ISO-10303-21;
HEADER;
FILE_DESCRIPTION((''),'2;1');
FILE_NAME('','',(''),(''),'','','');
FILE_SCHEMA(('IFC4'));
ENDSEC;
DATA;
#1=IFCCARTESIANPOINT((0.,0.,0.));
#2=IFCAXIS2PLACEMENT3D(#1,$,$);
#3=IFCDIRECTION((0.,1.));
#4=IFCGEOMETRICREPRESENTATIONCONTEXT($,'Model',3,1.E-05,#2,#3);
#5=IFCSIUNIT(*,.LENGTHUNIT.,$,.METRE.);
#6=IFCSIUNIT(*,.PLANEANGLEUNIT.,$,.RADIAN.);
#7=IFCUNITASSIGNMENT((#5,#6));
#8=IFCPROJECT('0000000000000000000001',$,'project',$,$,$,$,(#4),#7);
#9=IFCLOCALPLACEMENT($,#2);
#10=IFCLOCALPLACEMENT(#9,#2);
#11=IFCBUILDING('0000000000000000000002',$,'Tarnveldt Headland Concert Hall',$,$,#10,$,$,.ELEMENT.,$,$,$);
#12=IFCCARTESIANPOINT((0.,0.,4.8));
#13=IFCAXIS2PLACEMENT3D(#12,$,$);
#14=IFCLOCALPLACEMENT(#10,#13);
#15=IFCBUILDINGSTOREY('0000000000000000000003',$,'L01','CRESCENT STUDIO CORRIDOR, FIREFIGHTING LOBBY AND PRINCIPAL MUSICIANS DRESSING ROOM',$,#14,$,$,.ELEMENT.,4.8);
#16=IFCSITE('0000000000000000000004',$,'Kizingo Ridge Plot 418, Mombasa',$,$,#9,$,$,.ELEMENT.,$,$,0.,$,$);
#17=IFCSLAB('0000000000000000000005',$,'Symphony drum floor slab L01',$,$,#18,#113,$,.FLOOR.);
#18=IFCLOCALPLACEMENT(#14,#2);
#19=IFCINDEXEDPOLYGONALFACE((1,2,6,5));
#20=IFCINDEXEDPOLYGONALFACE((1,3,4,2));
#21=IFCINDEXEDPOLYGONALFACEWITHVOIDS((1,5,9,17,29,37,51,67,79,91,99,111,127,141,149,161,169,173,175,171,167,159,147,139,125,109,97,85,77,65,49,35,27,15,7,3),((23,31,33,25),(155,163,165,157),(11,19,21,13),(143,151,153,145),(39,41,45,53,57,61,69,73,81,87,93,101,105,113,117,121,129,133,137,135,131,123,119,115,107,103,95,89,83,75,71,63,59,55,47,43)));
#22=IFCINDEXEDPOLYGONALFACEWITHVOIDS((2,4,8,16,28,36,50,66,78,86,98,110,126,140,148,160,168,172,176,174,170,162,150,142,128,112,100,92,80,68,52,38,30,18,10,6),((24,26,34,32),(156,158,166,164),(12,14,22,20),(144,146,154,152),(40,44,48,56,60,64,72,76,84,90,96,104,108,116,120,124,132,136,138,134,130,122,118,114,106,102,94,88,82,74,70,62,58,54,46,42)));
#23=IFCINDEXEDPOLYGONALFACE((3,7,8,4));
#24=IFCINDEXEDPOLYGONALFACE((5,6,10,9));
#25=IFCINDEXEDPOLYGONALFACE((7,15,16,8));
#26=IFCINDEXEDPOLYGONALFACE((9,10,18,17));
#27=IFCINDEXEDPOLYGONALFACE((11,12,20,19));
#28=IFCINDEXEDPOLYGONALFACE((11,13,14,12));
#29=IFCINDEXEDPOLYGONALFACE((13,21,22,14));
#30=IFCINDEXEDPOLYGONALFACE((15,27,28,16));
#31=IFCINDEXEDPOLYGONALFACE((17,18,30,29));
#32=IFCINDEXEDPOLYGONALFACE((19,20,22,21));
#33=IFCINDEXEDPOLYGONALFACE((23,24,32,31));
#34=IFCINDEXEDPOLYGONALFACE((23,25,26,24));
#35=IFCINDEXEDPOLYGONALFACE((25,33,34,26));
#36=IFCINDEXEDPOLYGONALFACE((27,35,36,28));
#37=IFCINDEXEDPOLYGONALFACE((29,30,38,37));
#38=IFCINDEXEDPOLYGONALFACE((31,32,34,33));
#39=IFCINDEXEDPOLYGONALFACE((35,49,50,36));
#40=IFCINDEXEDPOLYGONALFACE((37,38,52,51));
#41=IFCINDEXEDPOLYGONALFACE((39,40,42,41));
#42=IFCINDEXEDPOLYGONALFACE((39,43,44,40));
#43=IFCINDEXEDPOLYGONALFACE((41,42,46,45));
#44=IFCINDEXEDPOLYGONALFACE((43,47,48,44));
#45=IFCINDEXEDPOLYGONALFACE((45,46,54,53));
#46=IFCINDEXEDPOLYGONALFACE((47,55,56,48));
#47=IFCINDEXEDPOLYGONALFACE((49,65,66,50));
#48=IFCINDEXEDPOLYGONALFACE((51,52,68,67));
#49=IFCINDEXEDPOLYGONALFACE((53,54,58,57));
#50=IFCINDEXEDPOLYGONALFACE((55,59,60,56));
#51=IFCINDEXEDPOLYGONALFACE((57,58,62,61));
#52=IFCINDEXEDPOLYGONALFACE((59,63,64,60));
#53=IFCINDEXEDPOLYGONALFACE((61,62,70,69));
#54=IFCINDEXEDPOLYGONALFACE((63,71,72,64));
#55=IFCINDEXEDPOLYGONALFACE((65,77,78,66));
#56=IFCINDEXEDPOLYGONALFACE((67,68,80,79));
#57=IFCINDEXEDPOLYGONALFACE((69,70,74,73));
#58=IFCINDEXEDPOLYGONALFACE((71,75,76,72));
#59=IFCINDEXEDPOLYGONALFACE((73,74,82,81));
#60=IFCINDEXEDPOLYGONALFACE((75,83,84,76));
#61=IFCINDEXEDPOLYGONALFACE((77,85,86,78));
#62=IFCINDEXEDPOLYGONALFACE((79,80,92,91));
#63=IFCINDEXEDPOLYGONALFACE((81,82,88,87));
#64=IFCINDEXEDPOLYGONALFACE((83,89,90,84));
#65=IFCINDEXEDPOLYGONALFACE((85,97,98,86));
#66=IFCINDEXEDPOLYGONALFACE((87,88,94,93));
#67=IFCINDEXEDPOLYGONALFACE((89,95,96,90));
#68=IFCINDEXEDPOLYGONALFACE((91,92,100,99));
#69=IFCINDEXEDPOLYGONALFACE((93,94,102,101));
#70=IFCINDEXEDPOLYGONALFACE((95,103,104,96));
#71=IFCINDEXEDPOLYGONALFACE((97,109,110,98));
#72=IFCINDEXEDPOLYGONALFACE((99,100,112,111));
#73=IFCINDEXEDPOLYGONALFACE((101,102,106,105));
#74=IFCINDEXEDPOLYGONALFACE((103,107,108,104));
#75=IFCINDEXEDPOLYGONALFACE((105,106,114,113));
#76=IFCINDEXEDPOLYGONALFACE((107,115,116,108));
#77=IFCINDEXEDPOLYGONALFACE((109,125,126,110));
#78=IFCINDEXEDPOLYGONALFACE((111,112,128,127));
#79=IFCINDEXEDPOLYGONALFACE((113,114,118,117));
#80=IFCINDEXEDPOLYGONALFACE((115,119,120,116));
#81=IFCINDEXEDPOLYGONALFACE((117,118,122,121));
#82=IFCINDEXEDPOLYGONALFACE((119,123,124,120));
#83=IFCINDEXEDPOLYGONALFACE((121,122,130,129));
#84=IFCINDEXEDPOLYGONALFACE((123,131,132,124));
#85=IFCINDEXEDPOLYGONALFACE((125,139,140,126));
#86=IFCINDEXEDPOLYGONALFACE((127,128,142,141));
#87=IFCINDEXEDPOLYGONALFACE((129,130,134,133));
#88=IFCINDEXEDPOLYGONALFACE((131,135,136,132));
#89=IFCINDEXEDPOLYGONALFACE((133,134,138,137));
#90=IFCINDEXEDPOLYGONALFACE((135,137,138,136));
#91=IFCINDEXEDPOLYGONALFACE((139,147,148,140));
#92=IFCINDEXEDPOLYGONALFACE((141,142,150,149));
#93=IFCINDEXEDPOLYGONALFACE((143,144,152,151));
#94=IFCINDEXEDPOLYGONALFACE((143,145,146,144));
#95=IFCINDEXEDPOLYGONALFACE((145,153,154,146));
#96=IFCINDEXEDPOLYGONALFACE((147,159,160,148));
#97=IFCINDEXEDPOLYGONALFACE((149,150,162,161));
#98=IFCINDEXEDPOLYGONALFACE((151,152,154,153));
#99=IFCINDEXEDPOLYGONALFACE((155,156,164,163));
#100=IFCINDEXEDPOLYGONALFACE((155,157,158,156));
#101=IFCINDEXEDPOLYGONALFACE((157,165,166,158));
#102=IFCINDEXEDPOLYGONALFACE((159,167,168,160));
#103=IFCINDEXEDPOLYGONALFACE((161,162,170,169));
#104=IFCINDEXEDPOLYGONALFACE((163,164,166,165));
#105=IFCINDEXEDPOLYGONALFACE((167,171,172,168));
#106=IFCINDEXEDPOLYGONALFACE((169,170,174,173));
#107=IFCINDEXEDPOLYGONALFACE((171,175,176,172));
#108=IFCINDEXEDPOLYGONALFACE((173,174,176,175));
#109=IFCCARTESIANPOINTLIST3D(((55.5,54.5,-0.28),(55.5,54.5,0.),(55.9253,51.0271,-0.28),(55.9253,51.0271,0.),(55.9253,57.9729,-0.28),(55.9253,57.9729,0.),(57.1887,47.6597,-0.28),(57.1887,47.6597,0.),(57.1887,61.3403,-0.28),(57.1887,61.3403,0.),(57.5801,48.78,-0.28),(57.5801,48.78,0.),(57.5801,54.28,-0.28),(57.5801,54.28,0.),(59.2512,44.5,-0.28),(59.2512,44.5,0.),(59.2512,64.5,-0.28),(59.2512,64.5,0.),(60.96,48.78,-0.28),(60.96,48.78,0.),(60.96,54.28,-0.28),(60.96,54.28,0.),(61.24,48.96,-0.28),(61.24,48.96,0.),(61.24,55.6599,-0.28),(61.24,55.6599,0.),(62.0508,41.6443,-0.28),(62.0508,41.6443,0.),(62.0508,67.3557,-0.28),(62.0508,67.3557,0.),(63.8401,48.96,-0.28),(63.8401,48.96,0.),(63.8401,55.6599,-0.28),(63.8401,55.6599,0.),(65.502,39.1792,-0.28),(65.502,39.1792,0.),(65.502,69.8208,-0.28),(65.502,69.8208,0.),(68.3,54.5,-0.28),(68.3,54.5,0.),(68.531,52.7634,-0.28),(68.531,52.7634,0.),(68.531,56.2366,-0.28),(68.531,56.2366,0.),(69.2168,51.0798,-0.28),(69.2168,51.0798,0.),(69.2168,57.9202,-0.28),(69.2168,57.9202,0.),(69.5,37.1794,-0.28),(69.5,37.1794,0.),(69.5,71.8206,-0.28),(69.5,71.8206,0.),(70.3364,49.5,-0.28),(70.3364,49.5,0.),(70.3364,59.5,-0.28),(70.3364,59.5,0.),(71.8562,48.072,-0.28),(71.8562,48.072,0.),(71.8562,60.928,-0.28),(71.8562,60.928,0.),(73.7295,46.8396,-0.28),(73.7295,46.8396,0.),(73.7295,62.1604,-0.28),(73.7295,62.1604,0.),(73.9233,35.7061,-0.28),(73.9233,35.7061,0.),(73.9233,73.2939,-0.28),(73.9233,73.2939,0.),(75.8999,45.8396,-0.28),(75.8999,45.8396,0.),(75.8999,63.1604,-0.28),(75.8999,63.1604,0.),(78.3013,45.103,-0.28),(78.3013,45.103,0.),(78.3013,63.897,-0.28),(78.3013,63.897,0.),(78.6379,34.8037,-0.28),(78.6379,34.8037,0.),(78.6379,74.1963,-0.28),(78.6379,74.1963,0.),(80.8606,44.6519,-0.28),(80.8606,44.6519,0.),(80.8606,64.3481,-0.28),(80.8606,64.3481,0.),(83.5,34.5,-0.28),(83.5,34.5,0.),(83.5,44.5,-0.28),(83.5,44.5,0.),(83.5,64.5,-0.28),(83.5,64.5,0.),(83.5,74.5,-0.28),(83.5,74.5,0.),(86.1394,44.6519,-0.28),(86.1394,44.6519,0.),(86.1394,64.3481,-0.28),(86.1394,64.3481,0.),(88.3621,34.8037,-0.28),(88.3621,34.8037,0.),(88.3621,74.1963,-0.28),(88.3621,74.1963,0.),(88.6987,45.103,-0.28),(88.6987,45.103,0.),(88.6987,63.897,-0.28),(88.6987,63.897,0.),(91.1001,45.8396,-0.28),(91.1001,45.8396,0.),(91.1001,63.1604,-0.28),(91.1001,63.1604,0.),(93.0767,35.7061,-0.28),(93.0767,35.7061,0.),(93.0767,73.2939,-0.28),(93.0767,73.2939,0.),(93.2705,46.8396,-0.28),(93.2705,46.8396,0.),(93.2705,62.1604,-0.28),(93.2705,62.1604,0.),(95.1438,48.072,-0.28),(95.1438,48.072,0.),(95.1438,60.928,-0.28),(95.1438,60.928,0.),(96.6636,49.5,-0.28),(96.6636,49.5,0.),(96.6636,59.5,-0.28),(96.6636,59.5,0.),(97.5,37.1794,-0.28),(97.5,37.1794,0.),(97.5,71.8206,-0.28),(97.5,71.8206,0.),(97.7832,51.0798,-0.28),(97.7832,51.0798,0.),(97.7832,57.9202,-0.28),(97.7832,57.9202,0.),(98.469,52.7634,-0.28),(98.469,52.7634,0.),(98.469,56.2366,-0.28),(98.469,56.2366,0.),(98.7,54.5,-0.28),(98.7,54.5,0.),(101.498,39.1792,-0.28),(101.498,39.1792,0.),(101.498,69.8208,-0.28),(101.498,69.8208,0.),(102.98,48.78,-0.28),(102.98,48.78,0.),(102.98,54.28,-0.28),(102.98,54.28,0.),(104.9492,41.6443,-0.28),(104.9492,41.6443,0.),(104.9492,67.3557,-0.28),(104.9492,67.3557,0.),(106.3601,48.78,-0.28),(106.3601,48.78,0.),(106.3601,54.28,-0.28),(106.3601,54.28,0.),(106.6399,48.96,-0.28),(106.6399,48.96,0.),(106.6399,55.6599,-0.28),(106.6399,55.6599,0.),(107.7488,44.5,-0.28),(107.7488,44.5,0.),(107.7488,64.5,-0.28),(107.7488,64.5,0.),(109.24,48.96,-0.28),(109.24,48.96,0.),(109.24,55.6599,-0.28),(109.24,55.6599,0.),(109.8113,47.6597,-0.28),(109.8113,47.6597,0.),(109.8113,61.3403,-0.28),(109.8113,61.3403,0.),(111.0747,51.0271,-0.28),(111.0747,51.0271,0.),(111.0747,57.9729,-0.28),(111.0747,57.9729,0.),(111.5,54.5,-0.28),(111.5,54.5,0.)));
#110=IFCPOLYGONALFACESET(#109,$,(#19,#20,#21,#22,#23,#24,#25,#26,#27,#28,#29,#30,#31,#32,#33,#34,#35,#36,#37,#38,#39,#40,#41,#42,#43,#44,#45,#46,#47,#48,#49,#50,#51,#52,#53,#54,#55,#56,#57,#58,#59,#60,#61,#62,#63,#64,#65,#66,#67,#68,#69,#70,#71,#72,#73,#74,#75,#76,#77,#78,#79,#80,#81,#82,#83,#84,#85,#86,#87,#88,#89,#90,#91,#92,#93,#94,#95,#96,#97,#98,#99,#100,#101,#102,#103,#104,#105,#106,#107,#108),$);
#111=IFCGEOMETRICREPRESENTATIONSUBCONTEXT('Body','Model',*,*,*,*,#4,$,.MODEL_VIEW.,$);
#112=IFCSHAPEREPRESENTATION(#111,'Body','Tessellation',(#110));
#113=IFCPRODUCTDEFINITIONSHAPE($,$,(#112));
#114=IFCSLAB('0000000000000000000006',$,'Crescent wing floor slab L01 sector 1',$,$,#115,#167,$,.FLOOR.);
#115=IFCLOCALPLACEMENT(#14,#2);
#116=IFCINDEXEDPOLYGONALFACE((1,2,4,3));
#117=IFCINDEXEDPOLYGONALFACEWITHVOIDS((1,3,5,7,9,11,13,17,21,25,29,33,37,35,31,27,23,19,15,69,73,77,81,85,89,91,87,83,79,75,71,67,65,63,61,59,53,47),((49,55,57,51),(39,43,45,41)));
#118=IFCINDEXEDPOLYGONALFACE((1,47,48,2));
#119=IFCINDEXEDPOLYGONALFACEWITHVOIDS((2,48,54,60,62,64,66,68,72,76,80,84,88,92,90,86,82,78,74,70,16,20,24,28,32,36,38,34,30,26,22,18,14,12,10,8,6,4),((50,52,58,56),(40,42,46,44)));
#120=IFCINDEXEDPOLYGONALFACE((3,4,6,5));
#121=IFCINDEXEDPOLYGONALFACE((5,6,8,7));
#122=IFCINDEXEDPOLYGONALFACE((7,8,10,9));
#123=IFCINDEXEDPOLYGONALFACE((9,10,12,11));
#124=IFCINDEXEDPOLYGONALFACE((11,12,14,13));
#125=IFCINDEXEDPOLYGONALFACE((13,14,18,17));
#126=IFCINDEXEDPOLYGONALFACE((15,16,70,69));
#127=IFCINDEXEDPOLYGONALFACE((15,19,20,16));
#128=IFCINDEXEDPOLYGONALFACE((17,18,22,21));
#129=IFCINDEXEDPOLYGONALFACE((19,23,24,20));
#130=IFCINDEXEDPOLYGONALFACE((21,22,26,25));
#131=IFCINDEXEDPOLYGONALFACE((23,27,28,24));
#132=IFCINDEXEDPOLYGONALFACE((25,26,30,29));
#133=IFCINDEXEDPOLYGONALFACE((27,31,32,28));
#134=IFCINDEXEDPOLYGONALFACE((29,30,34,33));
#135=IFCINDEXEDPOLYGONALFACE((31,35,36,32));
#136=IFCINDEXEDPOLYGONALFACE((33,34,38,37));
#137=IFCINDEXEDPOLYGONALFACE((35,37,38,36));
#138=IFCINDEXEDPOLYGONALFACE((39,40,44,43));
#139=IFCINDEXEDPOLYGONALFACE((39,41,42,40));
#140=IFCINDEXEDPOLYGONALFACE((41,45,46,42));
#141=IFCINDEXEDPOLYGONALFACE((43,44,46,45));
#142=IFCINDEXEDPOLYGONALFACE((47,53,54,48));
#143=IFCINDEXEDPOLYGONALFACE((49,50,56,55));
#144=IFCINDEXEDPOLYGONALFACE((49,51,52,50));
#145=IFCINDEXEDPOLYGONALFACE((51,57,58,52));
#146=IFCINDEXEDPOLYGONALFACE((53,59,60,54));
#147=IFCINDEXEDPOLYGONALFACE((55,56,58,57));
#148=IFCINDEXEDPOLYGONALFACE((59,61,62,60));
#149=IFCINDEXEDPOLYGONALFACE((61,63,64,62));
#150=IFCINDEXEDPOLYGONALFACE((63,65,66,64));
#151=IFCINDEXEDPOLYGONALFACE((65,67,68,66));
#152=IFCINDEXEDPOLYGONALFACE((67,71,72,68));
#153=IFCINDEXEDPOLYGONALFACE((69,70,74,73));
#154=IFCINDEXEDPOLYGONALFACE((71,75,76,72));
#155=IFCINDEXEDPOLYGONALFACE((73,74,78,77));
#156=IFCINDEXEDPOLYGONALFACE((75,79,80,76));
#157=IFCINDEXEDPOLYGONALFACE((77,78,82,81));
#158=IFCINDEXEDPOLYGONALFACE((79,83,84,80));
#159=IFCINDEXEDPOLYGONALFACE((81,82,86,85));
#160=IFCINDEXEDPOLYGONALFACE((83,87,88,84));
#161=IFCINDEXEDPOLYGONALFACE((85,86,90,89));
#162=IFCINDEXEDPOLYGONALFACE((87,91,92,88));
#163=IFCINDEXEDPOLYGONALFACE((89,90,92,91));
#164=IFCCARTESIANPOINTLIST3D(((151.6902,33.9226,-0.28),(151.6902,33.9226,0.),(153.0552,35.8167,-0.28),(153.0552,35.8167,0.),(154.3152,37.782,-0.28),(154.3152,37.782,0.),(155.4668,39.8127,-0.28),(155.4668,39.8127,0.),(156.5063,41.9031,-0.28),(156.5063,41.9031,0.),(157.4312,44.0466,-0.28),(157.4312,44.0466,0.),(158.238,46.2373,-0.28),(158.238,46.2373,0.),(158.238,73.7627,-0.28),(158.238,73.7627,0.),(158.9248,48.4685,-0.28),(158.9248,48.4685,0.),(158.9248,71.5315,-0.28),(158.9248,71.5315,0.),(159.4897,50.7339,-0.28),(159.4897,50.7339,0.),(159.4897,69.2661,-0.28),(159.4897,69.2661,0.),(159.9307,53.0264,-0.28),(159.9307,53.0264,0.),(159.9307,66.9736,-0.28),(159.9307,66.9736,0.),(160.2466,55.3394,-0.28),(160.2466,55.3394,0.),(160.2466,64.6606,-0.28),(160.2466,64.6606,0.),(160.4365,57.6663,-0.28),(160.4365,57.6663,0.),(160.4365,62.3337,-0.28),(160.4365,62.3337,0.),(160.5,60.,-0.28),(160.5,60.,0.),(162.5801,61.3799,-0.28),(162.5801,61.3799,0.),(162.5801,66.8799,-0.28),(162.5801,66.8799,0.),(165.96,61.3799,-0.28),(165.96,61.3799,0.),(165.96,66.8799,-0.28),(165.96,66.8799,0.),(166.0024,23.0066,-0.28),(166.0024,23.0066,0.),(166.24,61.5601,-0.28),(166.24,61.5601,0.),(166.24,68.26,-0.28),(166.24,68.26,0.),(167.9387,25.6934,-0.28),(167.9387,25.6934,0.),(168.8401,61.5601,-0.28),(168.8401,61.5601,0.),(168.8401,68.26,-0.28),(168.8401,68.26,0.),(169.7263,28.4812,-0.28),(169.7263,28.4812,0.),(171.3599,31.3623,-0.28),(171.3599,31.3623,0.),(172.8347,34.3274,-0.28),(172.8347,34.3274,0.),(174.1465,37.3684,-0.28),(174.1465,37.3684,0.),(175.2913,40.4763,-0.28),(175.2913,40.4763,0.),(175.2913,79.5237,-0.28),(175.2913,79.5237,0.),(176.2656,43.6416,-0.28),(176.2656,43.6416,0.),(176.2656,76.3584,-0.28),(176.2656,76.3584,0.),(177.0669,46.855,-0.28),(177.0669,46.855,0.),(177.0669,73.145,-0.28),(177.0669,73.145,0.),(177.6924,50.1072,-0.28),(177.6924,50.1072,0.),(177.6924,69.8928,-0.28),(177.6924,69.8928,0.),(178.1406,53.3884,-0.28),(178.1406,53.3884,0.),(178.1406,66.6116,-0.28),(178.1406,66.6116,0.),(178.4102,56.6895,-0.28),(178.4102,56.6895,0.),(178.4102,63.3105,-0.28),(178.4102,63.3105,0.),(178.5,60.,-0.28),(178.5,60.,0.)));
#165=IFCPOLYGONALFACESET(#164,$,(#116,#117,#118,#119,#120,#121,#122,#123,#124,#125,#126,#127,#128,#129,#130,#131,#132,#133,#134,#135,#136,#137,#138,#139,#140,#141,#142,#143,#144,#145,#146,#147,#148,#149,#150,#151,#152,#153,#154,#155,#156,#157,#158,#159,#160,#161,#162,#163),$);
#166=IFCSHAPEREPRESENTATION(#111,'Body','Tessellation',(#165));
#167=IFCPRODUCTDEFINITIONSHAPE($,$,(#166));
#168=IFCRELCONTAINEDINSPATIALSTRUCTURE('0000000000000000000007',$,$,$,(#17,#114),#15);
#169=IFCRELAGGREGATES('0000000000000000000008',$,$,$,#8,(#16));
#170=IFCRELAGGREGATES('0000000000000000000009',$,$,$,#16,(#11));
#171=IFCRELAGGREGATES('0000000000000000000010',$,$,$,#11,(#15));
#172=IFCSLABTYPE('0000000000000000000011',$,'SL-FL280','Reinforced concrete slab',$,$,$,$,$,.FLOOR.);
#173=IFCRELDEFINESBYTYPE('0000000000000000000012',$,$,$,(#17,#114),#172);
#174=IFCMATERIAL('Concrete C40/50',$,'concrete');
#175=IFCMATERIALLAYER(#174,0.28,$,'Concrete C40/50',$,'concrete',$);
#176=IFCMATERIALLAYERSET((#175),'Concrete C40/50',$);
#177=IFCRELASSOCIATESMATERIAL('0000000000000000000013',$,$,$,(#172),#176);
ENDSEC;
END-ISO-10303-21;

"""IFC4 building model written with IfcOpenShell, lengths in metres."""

from ifc_helpers import new_model, si_unit, direction, frame, origin, place, context, subcontext, project, spatial, polyline, outline, extrude, material, layer, layer_set, type_object, element, save


model = new_model("IFC4")

# Units and contexts
model_context = context("Model", 3, precision=1e-05, world=origin(), true_north=direction((0.0, 1.0)))
body_context = subcontext(model_context, "Body", "Model", "MODEL_VIEW")
ifc_project = project(units=[si_unit("LENGTHUNIT", "METRE"), si_unit("PLANEANGLEUNIT", "RADIAN")], contexts=[model_context])

# Site, building, storey
site_placement = place(None, origin())
site = spatial("IfcSite", under=ifc_project, at=site_placement, Name="Kizingo Ridge Plot 418, Mombasa", CompositionType="ELEMENT", RefElevation=0.0)
building_placement = place(site_placement, origin())
building = spatial("IfcBuilding", under=site, at=building_placement, Name="Tarnveldt Headland Concert Hall", CompositionType="ELEMENT")
storey_placement = place(building_placement, frame((0.0, 0.0, 4.8)))
storey = spatial("IfcBuildingStorey", under=building, at=storey_placement, Name="L01", Description="CRESCENT STUDIO CORRIDOR, FIREFIGHTING LOBBY AND PRINCIPAL MUSICIANS DRESSING ROOM", CompositionType="ELEMENT", Elevation=4.8)

# Slabs
ifc_material_1 = material(Name="Concrete C40/50", Category="concrete")
ifc_layer_1 = layer(ifc_material_1, 0.28, Name="Concrete C40/50", Category="concrete")
ifc_layer_set_1 = layer_set([ifc_layer_1], Name="Concrete C40/50")
slab_type_1 = type_object("IfcSlabType", Name="SL-FL280", Description="Reinforced concrete slab", PredefinedType="FLOOR", material=ifc_layer_set_1)
slab_1_placement = place(storey_placement, frame((0.0, 0.0, -0.28)))
element("IfcSlab", 1, at=slab_1_placement, inside=storey, type_object=slab_type_1, Name="Symphony drum floor slab L01", PredefinedType="FLOOR", context=body_context, shape_type="SweptSolid", body=[
    extrude(outline(polyline([(101.498, 39.1792), (104.9492, 41.6443), (107.7488, 44.5), (109.8113, 47.6597), (111.0747, 51.0271), (111.5, 54.5), (111.0747, 57.9729), (109.8113, 61.3403), (107.7488, 64.5), (104.9492, 67.3557), (101.498, 69.8208), (97.5, 71.8206), (93.0767, 73.2939), (88.3621, 74.1963), (83.5, 74.5), (78.6379, 74.1963), (73.9233, 73.2939), (69.5, 71.8206), (65.502, 69.8208), (62.0508, 67.3557), (59.2512, 64.5), (57.1887, 61.3403), (55.9253, 57.9729), (55.5, 54.5), (55.9253, 51.0271), (57.1887, 47.6597), (59.2512, 44.5), (62.0508, 41.6443), (65.502, 39.1792), (69.5, 37.1794), (73.9233, 35.7061), (78.6379, 34.8037), (83.5, 34.5), (88.3621, 34.8037), (93.0767, 35.7061), (97.5, 37.1794), (101.498, 39.1792)]), holes=[polyline([(93.2705, 62.1604), (95.1438, 60.928), (96.6636, 59.5), (97.7832, 57.9202), (98.469, 56.2366), (98.7, 54.5), (98.469, 52.7634), (97.7832, 51.0798), (96.6636, 49.5), (95.1438, 48.072), (93.2705, 46.8396), (91.1001, 45.8396), (88.6987, 45.103), (86.1394, 44.6519), (83.5, 44.5), (80.8606, 44.6519), (78.3013, 45.103), (75.8999, 45.8396), (73.7295, 46.8396), (71.8562, 48.072), (70.3364, 49.5), (69.2168, 51.0798), (68.531, 52.7634), (68.3, 54.5), (68.531, 56.2366), (69.2168, 57.9202), (70.3364, 59.5), (71.8562, 60.928), (73.7295, 62.1604), (75.8999, 63.1604), (78.3013, 63.897), (80.8606, 64.3481), (83.5, 64.5), (86.1394, 64.3481), (88.6987, 63.897), (91.1001, 63.1604), (93.2705, 62.1604)]), polyline([(60.96, 48.78), (57.5801, 48.78), (57.5801, 54.28), (60.96, 54.28), (60.96, 48.78)]), polyline([(61.24, 48.96), (61.24, 55.6599), (63.8401, 55.6599), (63.8401, 48.96), (61.24, 48.96)]), polyline([(102.98, 54.28), (106.3601, 54.28), (106.3601, 48.78), (102.98, 48.78), (102.98, 54.28)]), polyline([(109.24, 55.6599), (109.24, 48.96), (106.6399, 48.96), (106.6399, 55.6599), (109.24, 55.6599)])]), origin(), (0.0, 0.0, 1.0), 0.28),
])
slab_2_placement = place(storey_placement, frame((0.0, 0.0, -0.28)))
element("IfcSlab", 2, at=slab_2_placement, inside=storey, type_object=slab_type_1, Name="Crescent wing floor slab L01 sector 1", PredefinedType="FLOOR", context=body_context, shape_type="SweptSolid", body=[
    extrude(outline(polyline([(153.0552, 35.8167), (151.6902, 33.9226), (166.0024, 23.0066), (167.9387, 25.6934), (169.7263, 28.4812), (171.3599, 31.3623), (172.8347, 34.3274), (174.1465, 37.3684), (175.2913, 40.4763), (176.2656, 43.6416), (177.0669, 46.855), (177.6924, 50.1072), (178.1406, 53.3884), (178.4102, 56.6895), (178.5, 60.0), (178.4102, 63.3105), (178.1406, 66.6116), (177.6924, 69.8928), (177.0669, 73.145), (176.2656, 76.3584), (175.2913, 79.5237), (158.238, 73.7627), (158.9248, 71.5315), (159.4897, 69.2661), (159.9307, 66.9736), (160.2466, 64.6606), (160.4365, 62.3337), (160.5, 60.0), (160.4365, 57.6663), (160.2466, 55.3394), (159.9307, 53.0264), (159.4897, 50.7339), (158.9248, 48.4685), (158.238, 46.2373), (157.4312, 44.0466), (156.5063, 41.9031), (155.4668, 39.8127), (154.3152, 37.782), (153.0552, 35.8167)]), holes=[polyline([(162.5801, 66.8799), (165.96, 66.8799), (165.96, 61.3799), (162.5801, 61.3799), (162.5801, 66.8799)]), polyline([(168.8401, 68.26), (168.8401, 61.5601), (166.24, 61.5601), (166.24, 68.26), (168.8401, 68.26)])]), origin(), (0.0, 0.0, 1.0), 0.28),
])

save(model, "model.ifc")
